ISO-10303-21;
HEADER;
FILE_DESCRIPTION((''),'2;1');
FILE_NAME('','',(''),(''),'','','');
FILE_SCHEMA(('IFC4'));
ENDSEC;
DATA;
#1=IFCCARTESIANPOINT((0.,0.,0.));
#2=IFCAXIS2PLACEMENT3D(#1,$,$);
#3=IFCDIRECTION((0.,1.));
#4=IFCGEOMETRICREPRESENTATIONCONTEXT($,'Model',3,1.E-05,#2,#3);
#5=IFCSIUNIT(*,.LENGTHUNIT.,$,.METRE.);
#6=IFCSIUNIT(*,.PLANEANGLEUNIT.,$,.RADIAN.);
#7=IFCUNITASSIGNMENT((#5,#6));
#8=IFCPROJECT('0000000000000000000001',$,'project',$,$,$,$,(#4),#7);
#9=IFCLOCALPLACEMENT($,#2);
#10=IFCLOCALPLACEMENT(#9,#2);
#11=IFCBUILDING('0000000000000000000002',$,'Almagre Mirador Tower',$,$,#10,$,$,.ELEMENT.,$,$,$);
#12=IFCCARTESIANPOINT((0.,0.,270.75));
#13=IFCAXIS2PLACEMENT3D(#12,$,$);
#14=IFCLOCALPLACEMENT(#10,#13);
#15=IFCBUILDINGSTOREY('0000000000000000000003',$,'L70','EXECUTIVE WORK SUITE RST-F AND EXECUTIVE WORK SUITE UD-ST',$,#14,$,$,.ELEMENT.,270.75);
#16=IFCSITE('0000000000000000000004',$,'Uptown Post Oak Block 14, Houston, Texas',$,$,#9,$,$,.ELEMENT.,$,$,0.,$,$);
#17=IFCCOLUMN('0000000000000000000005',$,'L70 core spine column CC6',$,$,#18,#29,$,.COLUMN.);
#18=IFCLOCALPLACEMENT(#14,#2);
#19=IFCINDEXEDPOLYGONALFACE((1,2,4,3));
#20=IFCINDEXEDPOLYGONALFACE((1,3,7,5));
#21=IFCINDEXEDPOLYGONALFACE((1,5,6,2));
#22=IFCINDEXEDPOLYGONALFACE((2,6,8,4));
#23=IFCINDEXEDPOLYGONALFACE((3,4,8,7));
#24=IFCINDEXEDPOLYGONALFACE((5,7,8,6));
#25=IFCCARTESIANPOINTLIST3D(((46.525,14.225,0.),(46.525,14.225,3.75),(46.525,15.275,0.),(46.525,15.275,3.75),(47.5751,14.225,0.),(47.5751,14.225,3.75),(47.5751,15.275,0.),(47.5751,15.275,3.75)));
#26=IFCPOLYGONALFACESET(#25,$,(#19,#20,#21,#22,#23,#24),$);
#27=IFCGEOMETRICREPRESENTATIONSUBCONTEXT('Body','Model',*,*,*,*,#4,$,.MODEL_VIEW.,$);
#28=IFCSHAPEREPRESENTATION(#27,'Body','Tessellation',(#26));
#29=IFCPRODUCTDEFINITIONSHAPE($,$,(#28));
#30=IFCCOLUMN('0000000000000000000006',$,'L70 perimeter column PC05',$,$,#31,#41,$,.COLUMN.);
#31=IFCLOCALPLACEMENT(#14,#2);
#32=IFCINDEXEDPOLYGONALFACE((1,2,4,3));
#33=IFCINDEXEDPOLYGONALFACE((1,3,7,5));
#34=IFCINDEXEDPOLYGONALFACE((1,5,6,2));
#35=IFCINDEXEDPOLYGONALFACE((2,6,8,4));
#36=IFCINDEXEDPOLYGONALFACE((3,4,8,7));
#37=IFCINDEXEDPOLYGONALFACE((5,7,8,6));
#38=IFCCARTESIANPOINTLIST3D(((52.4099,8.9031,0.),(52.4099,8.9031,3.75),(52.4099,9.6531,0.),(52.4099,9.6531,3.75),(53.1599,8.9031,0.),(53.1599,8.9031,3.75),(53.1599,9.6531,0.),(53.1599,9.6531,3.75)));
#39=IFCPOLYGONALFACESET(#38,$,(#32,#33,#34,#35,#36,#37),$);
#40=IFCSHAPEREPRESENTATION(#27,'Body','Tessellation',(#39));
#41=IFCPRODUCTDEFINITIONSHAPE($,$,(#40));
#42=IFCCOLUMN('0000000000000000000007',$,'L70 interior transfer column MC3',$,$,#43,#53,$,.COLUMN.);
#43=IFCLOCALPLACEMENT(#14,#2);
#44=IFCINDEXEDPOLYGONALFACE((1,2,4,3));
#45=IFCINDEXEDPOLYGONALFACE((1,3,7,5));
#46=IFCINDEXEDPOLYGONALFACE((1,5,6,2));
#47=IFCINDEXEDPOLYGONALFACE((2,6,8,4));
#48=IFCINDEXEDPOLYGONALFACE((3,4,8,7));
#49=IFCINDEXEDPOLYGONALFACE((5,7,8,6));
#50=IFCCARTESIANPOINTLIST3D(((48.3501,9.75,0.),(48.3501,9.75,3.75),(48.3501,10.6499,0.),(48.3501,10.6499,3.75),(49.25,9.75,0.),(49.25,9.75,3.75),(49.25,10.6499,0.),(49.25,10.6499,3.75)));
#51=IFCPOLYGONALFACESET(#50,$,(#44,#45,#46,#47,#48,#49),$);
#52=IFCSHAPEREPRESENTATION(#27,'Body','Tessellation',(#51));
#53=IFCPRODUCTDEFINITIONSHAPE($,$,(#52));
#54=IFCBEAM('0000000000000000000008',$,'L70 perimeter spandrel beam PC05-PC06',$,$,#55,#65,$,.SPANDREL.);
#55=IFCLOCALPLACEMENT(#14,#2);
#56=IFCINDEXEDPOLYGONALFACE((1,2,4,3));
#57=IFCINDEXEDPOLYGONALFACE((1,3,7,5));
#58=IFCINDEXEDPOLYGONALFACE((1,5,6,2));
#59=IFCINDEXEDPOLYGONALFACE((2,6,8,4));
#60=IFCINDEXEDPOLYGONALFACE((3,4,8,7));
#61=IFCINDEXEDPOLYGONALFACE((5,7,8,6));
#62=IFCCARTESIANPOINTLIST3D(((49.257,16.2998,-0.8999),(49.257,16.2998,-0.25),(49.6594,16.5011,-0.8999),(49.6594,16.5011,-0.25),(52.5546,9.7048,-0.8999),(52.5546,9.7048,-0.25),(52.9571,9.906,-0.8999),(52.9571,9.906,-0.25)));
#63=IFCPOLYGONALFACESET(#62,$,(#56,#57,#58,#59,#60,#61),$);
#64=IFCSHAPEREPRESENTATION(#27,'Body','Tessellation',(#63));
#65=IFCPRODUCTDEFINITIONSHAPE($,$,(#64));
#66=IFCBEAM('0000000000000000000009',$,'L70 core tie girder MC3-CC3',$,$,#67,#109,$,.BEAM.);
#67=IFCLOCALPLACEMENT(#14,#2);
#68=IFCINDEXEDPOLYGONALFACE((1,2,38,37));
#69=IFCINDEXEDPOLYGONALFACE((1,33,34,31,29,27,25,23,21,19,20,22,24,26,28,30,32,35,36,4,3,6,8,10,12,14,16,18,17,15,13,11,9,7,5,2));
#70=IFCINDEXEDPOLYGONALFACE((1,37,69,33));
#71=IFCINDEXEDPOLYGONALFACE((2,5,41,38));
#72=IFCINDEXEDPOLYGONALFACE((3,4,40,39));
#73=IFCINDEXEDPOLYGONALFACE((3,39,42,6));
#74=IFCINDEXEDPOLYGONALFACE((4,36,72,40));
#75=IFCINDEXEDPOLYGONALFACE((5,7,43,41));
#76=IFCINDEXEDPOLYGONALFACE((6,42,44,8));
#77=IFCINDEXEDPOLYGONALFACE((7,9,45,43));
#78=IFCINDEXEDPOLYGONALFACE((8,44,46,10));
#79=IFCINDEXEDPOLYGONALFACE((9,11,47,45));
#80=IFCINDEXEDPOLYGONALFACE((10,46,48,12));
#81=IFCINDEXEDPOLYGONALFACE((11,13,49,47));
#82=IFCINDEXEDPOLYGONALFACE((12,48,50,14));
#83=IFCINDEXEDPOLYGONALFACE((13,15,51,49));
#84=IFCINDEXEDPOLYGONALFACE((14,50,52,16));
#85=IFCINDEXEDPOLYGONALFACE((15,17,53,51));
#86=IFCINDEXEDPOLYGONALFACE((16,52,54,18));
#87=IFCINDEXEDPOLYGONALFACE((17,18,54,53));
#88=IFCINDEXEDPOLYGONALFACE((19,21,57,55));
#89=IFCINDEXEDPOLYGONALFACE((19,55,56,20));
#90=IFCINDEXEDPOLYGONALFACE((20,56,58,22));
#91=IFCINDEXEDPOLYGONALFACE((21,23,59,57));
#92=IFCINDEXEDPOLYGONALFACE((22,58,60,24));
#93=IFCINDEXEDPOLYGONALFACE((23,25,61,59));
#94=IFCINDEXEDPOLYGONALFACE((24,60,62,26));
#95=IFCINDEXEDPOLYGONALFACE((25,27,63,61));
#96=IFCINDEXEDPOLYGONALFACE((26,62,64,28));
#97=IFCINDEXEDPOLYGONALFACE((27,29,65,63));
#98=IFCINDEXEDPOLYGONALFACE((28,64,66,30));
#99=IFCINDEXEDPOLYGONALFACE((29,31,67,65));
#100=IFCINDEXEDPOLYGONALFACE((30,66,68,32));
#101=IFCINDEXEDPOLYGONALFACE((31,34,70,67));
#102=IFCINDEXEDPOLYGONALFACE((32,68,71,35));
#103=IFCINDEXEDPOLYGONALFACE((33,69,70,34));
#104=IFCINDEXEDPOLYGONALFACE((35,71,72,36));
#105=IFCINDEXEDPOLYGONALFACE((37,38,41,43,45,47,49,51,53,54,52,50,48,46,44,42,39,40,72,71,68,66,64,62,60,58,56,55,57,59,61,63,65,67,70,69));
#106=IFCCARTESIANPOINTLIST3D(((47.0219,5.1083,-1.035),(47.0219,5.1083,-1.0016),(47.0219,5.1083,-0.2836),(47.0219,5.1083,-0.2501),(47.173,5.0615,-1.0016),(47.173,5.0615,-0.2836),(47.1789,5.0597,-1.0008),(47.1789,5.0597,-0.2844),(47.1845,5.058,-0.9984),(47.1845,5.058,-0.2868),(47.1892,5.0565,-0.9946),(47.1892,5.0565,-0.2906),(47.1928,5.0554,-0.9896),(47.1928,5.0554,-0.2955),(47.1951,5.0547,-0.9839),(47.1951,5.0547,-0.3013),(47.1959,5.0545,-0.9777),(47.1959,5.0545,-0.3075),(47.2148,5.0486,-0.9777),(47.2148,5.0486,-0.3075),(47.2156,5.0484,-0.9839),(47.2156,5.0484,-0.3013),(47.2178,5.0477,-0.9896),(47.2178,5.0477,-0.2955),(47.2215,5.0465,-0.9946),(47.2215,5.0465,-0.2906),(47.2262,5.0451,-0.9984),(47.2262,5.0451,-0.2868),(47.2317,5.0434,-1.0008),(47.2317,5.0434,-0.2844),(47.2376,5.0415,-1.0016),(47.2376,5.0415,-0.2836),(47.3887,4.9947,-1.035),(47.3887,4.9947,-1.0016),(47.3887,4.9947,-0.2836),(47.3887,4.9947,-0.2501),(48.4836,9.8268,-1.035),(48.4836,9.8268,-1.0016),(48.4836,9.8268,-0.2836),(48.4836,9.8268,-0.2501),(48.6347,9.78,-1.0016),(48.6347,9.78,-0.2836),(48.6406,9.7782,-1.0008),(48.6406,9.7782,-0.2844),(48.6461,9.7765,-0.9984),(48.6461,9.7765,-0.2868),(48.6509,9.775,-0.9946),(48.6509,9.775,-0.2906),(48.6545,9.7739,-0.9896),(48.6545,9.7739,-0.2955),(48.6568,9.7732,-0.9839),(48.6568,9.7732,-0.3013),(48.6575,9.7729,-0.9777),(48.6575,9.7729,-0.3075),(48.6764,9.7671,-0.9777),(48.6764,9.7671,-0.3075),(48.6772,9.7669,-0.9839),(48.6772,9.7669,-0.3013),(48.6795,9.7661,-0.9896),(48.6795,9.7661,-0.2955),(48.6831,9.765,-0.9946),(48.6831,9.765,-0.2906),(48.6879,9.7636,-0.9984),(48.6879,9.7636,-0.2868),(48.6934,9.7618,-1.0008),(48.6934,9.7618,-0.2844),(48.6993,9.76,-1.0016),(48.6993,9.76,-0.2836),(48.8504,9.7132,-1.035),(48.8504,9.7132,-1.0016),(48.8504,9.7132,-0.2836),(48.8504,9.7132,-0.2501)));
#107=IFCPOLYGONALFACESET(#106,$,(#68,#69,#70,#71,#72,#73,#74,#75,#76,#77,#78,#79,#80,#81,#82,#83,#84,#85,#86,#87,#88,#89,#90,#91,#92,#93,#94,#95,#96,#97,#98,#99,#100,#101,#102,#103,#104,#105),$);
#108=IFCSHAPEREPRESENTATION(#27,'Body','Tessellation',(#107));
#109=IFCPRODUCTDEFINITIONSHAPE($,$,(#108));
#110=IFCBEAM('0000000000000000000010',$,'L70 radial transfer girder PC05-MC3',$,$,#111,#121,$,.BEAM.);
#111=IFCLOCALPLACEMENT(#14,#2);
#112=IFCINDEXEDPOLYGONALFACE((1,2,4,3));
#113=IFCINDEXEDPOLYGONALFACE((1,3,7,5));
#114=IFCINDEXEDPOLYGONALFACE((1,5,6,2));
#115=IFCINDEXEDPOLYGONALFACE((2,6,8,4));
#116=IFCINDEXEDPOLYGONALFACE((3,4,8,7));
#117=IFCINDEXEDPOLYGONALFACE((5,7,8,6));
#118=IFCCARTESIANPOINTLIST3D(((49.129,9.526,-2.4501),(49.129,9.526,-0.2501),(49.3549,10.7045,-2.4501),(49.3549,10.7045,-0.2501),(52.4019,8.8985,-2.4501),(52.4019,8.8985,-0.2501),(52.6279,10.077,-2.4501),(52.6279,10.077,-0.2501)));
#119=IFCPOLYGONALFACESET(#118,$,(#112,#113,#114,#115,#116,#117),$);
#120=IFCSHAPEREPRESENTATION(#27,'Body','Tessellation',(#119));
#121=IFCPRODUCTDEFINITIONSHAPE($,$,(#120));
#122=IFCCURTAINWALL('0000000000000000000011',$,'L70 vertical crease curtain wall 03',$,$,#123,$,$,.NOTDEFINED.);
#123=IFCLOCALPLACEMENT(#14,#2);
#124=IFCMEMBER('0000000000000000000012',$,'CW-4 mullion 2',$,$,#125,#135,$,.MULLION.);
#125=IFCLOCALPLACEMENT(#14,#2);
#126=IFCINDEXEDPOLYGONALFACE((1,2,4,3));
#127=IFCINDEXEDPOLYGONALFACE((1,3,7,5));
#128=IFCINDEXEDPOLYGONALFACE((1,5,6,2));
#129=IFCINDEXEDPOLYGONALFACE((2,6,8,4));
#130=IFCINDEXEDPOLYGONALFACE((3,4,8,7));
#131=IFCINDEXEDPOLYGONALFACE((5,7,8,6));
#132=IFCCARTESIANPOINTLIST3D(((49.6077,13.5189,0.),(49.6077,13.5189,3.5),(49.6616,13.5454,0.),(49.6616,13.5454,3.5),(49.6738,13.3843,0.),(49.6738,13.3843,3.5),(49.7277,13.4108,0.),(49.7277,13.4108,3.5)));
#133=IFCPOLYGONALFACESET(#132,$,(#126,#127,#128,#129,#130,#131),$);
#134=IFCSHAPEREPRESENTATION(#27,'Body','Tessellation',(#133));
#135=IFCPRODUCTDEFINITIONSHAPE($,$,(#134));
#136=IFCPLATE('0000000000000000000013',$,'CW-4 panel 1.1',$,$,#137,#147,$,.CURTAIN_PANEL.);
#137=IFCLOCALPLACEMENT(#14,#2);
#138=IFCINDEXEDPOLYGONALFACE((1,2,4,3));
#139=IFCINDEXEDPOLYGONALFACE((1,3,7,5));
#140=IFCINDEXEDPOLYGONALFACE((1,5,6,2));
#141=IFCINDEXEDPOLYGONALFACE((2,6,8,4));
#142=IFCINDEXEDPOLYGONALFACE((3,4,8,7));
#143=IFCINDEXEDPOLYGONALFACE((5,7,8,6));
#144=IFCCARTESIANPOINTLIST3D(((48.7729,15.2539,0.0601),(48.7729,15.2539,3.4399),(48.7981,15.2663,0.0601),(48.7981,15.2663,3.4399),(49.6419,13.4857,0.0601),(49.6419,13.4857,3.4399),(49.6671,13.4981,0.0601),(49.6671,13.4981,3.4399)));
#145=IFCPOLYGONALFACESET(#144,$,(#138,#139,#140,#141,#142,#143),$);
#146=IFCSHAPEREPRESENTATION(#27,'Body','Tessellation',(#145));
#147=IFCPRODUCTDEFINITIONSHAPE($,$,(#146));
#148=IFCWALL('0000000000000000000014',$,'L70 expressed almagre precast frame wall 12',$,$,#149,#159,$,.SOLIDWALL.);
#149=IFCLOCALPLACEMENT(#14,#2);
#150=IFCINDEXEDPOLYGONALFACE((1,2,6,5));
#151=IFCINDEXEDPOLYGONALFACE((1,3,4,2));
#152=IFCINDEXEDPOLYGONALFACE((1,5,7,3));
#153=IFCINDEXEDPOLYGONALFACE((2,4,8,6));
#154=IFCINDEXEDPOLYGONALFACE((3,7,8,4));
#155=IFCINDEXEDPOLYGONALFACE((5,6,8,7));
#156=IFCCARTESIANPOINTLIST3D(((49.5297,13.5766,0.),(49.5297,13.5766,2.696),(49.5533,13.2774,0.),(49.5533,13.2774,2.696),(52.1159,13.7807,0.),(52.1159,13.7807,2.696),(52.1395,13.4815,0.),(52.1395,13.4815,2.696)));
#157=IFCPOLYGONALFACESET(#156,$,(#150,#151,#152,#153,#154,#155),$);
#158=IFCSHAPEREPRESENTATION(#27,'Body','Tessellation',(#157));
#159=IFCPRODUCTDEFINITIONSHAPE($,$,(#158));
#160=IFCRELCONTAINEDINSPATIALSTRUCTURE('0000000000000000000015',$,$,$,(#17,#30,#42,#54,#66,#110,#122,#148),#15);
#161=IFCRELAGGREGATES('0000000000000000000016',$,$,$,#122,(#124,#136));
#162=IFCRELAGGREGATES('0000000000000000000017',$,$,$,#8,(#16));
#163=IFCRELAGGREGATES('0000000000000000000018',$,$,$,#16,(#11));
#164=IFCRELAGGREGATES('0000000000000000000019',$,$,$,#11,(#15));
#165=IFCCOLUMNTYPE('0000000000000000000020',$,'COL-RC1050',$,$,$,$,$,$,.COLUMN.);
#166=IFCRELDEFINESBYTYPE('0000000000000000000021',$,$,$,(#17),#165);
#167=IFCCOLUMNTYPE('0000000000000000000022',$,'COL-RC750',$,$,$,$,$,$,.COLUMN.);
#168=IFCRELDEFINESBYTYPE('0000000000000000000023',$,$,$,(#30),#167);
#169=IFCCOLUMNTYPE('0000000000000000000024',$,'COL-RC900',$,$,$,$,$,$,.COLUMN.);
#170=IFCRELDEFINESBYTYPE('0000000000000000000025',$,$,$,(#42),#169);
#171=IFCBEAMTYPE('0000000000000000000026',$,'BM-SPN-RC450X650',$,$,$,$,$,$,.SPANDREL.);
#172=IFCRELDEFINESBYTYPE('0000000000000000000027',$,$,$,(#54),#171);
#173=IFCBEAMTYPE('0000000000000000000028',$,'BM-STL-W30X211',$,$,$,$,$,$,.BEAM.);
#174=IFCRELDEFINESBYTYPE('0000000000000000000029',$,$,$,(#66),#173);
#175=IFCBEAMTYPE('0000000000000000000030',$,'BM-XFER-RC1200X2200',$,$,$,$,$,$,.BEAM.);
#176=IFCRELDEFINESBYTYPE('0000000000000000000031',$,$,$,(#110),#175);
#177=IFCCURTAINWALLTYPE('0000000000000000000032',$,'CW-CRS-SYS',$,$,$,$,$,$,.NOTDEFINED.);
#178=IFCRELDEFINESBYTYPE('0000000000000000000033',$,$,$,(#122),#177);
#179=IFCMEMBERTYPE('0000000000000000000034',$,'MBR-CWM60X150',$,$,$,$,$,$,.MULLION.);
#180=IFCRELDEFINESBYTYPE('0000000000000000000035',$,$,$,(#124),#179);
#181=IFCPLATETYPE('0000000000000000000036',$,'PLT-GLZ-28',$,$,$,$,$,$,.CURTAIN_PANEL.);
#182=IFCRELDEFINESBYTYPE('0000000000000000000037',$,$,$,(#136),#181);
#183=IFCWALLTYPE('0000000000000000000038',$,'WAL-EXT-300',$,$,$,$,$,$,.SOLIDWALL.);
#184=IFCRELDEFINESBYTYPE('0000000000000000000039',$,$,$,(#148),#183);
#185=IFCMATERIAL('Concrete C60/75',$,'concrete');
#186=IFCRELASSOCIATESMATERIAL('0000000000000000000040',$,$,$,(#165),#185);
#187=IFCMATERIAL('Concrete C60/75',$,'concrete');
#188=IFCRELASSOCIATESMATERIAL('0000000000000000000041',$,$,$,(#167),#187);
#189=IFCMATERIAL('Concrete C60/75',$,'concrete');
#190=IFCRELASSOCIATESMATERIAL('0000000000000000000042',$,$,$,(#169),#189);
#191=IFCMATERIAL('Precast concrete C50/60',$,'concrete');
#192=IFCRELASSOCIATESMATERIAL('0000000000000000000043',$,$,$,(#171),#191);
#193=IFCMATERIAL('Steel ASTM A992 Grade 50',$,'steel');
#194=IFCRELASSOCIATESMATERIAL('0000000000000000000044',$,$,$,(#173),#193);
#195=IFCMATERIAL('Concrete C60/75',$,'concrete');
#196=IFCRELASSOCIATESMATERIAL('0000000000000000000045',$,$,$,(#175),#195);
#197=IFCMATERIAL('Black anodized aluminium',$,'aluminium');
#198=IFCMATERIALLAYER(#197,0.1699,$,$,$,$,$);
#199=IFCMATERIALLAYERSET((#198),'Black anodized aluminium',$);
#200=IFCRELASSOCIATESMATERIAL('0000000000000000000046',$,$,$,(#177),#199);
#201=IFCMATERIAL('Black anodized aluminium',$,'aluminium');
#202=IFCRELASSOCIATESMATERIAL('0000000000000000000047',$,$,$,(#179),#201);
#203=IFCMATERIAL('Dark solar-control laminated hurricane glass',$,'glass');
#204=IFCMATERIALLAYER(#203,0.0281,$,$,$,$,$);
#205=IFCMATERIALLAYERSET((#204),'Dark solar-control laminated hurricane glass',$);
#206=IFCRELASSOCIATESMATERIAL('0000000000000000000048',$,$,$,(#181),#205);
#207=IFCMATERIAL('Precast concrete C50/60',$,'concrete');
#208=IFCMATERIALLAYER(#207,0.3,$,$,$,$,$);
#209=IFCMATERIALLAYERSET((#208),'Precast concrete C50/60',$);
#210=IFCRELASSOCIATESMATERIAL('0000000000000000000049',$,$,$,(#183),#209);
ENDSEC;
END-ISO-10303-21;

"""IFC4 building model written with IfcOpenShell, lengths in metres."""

from ifc_helpers import new_model, si_unit, direction, frame, frame_2d, origin, origin_2d, place, context, subcontext, project, spatial, rectangle, i_section, extrude, material, layer, layer_set, material_profile, profile_set, type_object, element, aggregate, save


model = new_model("IFC4")

# Units and contexts
model_context = context("Model", 3, precision=1e-05, world=origin(), true_north=direction((0.0, 1.0)))
body_context = subcontext(model_context, "Body", "Model", "MODEL_VIEW")
ifc_project = project(units=[si_unit("LENGTHUNIT", "METRE"), si_unit("PLANEANGLEUNIT", "RADIAN")], contexts=[model_context])

# Site, building, storey
site_placement = place(None, origin())
site = spatial("IfcSite", under=ifc_project, at=site_placement, Name="Uptown Post Oak Block 14, Houston, Texas", CompositionType="ELEMENT", RefElevation=0.0)
building_placement = place(site_placement, origin())
building = spatial("IfcBuilding", under=site, at=building_placement, Name="Almagre Mirador Tower", CompositionType="ELEMENT")
storey_placement = place(building_placement, frame((0.0, 0.0, 270.75)))
storey = spatial("IfcBuildingStorey", under=building, at=storey_placement, Name="L70", Description="EXECUTIVE WORK SUITE RST-F AND EXECUTIVE WORK SUITE UD-ST", CompositionType="ELEMENT", Elevation=270.75)

# Columns
ifc_material_1 = material(Name="Concrete C60/75", Category="concrete")
ifc_material_profile_1 = material_profile(ifc_material_1, rectangle(XDim=1.05, YDim=1.05, at=origin_2d()), Name="RC1050X1050")
ifc_profile_set_1 = profile_set([ifc_material_profile_1], Name="Concrete C60/75")
column_type_1 = type_object("IfcColumnType", Name="COL-RC1050", PredefinedType="COLUMN", material=ifc_profile_set_1)
column_1_placement = place(storey_placement, frame((47.05, 14.75, 0.0), z_axis=(0.0, 0.0, 1.0), x_axis=(1.0, 0.0, 0.0)))
element("IfcColumn", 1, at=column_1_placement, inside=storey, type_object=column_type_1, Name="L70 core spine column CC6", PredefinedType="COLUMN", context=body_context, shape_type="SweptSolid", body=[
    extrude(rectangle(XDim=1.05, YDim=1.05, at=origin_2d()), origin(), (0.0, 0.0, 1.0), 3.75),
])
ifc_material_2 = material(Name="Concrete C60/75", Category="concrete")
ifc_material_profile_2 = material_profile(ifc_material_2, rectangle(XDim=0.75, YDim=0.75, at=origin_2d()), Name="RC750X750")
ifc_profile_set_2 = profile_set([ifc_material_profile_2], Name="Concrete C60/75")
column_type_2 = type_object("IfcColumnType", Name="COL-RC750", PredefinedType="COLUMN", material=ifc_profile_set_2)
column_2_placement = place(storey_placement, frame((52.7849, 9.2781, 0.0), z_axis=(0.0, 0.0, 1.0), x_axis=(1.0, 0.0, 0.0)))
element("IfcColumn", 2, at=column_2_placement, inside=storey, type_object=column_type_2, Name="L70 perimeter column PC05", PredefinedType="COLUMN", context=body_context, shape_type="SweptSolid", body=[
    extrude(rectangle(XDim=0.75, YDim=0.75, at=origin_2d()), origin(), (0.0, 0.0, 1.0), 3.75),
])
ifc_material_3 = material(Name="Concrete C60/75", Category="concrete")
ifc_material_profile_3 = material_profile(ifc_material_3, rectangle(XDim=0.8999, YDim=0.8999, at=origin_2d()), Name="RC900X900")
ifc_profile_set_3 = profile_set([ifc_material_profile_3], Name="Concrete C60/75")
column_type_3 = type_object("IfcColumnType", Name="COL-RC900", PredefinedType="COLUMN", material=ifc_profile_set_3)
column_3_placement = place(storey_placement, frame((48.8, 10.2, 0.0), z_axis=(0.0, 0.0, 1.0), x_axis=(1.0, 0.0, 0.0)))
element("IfcColumn", 3, at=column_3_placement, inside=storey, type_object=column_type_3, Name="L70 interior transfer column MC3", PredefinedType="COLUMN", context=body_context, shape_type="SweptSolid", body=[
    extrude(rectangle(XDim=0.8999, YDim=0.8999, at=origin_2d()), origin(), (0.0, 0.0, 1.0), 3.75),
])

# Beams
ifc_material_4 = material(Name="Precast concrete C50/60", Category="concrete")
ifc_material_profile_4 = material_profile(ifc_material_4, rectangle(XDim=0.45, YDim=0.6499, at=origin_2d()), Name="RC450X650")
ifc_profile_set_4 = profile_set([ifc_material_profile_4], Name="Precast concrete C50/60")
beam_type_1 = type_object("IfcBeamType", Name="BM-SPN-RC450X650", PredefinedType="SPANDREL", material=ifc_profile_set_4)
beam_1_placement = place(storey_placement, frame((52.7559, 9.8054, -0.575), z_axis=(-0.447227, 0.894421, 0.0), x_axis=(-0.894421, -0.447227, 0.0)))
element("IfcBeam", 4, at=beam_1_placement, inside=storey, type_object=beam_type_1, Name="L70 perimeter spandrel beam PC05-PC06", PredefinedType="SPANDREL", context=body_context, shape_type="SweptSolid", body=[
    extrude(rectangle(XDim=0.45, YDim=0.6499, at=origin_2d()), origin(), (0.0, 0.0, 1.0), 7.3735),
])
ifc_material_5 = material(Name="Steel ASTM A992 Grade 50", Category="steel")
ifc_material_profile_5 = material_profile(ifc_material_5, i_section(OverallWidth=0.384, OverallDepth=0.7849, WebThickness=0.0198, FlangeThickness=0.0334, FilletRadius=0.0239, at=origin_2d()), Name="W30X211")
ifc_profile_set_5 = profile_set([ifc_material_profile_5], Name="Steel ASTM A992 Grade 50")
beam_type_2 = type_object("IfcBeamType", Name="BM-STL-W30X211", PredefinedType="BEAM", material=ifc_profile_set_5)
beam_2_placement = place(storey_placement, frame((48.667, 9.77, -0.6426), z_axis=(-0.295902, -0.955218, 0.0), x_axis=(0.955218, -0.295902, 0.0)))
element("IfcBeam", 5, at=beam_2_placement, inside=storey, type_object=beam_type_2, Name="L70 core tie girder MC3-CC3", PredefinedType="BEAM", context=body_context, shape_type="SweptSolid", body=[
    extrude(i_section(OverallWidth=0.384, OverallDepth=0.7849, WebThickness=0.0198, FlangeThickness=0.0334, FilletRadius=0.0239, at=origin_2d()), origin(), (0.0, 0.0, 1.0), 4.9397),
])
ifc_material_6 = material(Name="Concrete C60/75", Category="concrete")
ifc_material_profile_6 = material_profile(ifc_material_6, rectangle(XDim=1.2, YDim=2.2, at=origin_2d()), Name="RC1200X2200")
ifc_profile_set_6 = profile_set([ifc_material_profile_6], Name="Concrete C60/75")
beam_type_3 = type_object("IfcBeamType", Name="BM-XFER-RC1200X2200", PredefinedType="BEAM", material=ifc_profile_set_6)
beam_3_placement = place(storey_placement, frame((52.5149, 9.4878, -1.3501), z_axis=(-0.982116, 0.188277, 0.0), x_axis=(-0.188277, -0.982116, 0.0)))
element("IfcBeam", 6, at=beam_3_placement, inside=storey, type_object=beam_type_3, Name="L70 radial transfer girder PC05-MC3", PredefinedType="BEAM", context=body_context, shape_type="SweptSolid", body=[
    extrude(rectangle(XDim=1.2, YDim=2.2, at=origin_2d()), origin(), (0.0, 0.0, 1.0), 3.3325),
])

# Curtain wall, member, plate
ifc_material_7 = material(Name="Black anodized aluminium", Category="aluminium")
ifc_layer_1 = layer(ifc_material_7, 0.1699)
ifc_layer_set_1 = layer_set([ifc_layer_1], Name="Black anodized aluminium")
curtain_wall_type = type_object("IfcCurtainWallType", Name="CW-CRS-SYS", PredefinedType="NOTDEFINED", material=ifc_layer_set_1)
curtain_wall_placement = place(storey_placement, origin())
curtain_wall = element("IfcCurtainWall", 7, at=curtain_wall_placement, inside=storey, type_object=curtain_wall_type, Name="L70 vertical crease curtain wall 03", PredefinedType="NOTDEFINED")
ifc_material_8 = material(Name="Black anodized aluminium", Category="aluminium")
ifc_material_profile_7 = material_profile(ifc_material_8, rectangle(XDim=0.0601, YDim=0.1499, at=origin_2d()), Name="CWM60X150")
ifc_profile_set_7 = profile_set([ifc_material_profile_7], Name="Black anodized aluminium")
member_type = type_object("IfcMemberType", Name="MBR-CWM60X150", PredefinedType="MULLION", material=ifc_profile_set_7)
member_placement = place(storey_placement, frame((49.6677, 13.4648, 0.0), z_axis=(0.0, 0.0, 1.0), x_axis=(0.897468, 0.44108, 0.0)))
member = element("IfcMember", 8, at=member_placement, type_object=member_type, Name="CW-4 mullion 2", PredefinedType="MULLION", context=body_context, shape_type="SweptSolid", body=[
    extrude(rectangle(XDim=0.0601, YDim=0.1499, at=origin_2d()), origin(), (0.0, 0.0, 1.0), 3.5),
])
ifc_material_9 = material(Name="Dark solar-control laminated hurricane glass", Category="glass")
ifc_layer_2 = layer(ifc_material_9, 0.0281)
ifc_layer_set_2 = layer_set([ifc_layer_2], Name="Dark solar-control laminated hurricane glass")
plate_type = type_object("IfcPlateType", Name="PLT-GLZ-28", PredefinedType="CURTAIN_PANEL", material=ifc_layer_set_2)
plate_placement = place(storey_placement, frame((49.22, 14.376, 0.0601), z_axis=(0.0, 0.0, 1.0), x_axis=(0.44108, -0.897468, 0.0)))
plate = element("IfcPlate", 9, at=plate_placement, type_object=plate_type, Name="CW-4 panel 1.1", PredefinedType="CURTAIN_PANEL", context=body_context, shape_type="SweptSolid", body=[
    extrude(rectangle(XDim=1.9702, YDim=0.0281, at=origin_2d()), origin(), (0.0, 0.0, 1.0), 3.3799),
])
aggregate(curtain_wall, [member, plate])

# Wall
ifc_material_10 = material(Name="Precast concrete C50/60", Category="concrete")
ifc_layer_3 = layer(ifc_material_10, 0.3)
ifc_layer_set_3 = layer_set([ifc_layer_3], Name="Precast concrete C50/60")
wall_type_1 = type_object("IfcWallType", Name="WAL-EXT-300", PredefinedType="SOLIDWALL", material=ifc_layer_set_3)
wall_1_placement = place(storey_placement, frame((49.5415, 13.427, 0.0), z_axis=(0.0, 0.0, 1.0), x_axis=(0.9969, 0.078675, 0.0)))
element("IfcWall", 10, at=wall_1_placement, inside=storey, type_object=wall_type_1, Name="L70 expressed almagre precast frame wall 12", PredefinedType="SOLIDWALL", context=body_context, shape_type="SweptSolid", body=[
    extrude(rectangle(XDim=2.5942, YDim=0.3, at=frame_2d((1.2971, 0.0))), origin(), (0.0, 0.0, 1.0), 2.696),
])

save(model, "model.ifc")
